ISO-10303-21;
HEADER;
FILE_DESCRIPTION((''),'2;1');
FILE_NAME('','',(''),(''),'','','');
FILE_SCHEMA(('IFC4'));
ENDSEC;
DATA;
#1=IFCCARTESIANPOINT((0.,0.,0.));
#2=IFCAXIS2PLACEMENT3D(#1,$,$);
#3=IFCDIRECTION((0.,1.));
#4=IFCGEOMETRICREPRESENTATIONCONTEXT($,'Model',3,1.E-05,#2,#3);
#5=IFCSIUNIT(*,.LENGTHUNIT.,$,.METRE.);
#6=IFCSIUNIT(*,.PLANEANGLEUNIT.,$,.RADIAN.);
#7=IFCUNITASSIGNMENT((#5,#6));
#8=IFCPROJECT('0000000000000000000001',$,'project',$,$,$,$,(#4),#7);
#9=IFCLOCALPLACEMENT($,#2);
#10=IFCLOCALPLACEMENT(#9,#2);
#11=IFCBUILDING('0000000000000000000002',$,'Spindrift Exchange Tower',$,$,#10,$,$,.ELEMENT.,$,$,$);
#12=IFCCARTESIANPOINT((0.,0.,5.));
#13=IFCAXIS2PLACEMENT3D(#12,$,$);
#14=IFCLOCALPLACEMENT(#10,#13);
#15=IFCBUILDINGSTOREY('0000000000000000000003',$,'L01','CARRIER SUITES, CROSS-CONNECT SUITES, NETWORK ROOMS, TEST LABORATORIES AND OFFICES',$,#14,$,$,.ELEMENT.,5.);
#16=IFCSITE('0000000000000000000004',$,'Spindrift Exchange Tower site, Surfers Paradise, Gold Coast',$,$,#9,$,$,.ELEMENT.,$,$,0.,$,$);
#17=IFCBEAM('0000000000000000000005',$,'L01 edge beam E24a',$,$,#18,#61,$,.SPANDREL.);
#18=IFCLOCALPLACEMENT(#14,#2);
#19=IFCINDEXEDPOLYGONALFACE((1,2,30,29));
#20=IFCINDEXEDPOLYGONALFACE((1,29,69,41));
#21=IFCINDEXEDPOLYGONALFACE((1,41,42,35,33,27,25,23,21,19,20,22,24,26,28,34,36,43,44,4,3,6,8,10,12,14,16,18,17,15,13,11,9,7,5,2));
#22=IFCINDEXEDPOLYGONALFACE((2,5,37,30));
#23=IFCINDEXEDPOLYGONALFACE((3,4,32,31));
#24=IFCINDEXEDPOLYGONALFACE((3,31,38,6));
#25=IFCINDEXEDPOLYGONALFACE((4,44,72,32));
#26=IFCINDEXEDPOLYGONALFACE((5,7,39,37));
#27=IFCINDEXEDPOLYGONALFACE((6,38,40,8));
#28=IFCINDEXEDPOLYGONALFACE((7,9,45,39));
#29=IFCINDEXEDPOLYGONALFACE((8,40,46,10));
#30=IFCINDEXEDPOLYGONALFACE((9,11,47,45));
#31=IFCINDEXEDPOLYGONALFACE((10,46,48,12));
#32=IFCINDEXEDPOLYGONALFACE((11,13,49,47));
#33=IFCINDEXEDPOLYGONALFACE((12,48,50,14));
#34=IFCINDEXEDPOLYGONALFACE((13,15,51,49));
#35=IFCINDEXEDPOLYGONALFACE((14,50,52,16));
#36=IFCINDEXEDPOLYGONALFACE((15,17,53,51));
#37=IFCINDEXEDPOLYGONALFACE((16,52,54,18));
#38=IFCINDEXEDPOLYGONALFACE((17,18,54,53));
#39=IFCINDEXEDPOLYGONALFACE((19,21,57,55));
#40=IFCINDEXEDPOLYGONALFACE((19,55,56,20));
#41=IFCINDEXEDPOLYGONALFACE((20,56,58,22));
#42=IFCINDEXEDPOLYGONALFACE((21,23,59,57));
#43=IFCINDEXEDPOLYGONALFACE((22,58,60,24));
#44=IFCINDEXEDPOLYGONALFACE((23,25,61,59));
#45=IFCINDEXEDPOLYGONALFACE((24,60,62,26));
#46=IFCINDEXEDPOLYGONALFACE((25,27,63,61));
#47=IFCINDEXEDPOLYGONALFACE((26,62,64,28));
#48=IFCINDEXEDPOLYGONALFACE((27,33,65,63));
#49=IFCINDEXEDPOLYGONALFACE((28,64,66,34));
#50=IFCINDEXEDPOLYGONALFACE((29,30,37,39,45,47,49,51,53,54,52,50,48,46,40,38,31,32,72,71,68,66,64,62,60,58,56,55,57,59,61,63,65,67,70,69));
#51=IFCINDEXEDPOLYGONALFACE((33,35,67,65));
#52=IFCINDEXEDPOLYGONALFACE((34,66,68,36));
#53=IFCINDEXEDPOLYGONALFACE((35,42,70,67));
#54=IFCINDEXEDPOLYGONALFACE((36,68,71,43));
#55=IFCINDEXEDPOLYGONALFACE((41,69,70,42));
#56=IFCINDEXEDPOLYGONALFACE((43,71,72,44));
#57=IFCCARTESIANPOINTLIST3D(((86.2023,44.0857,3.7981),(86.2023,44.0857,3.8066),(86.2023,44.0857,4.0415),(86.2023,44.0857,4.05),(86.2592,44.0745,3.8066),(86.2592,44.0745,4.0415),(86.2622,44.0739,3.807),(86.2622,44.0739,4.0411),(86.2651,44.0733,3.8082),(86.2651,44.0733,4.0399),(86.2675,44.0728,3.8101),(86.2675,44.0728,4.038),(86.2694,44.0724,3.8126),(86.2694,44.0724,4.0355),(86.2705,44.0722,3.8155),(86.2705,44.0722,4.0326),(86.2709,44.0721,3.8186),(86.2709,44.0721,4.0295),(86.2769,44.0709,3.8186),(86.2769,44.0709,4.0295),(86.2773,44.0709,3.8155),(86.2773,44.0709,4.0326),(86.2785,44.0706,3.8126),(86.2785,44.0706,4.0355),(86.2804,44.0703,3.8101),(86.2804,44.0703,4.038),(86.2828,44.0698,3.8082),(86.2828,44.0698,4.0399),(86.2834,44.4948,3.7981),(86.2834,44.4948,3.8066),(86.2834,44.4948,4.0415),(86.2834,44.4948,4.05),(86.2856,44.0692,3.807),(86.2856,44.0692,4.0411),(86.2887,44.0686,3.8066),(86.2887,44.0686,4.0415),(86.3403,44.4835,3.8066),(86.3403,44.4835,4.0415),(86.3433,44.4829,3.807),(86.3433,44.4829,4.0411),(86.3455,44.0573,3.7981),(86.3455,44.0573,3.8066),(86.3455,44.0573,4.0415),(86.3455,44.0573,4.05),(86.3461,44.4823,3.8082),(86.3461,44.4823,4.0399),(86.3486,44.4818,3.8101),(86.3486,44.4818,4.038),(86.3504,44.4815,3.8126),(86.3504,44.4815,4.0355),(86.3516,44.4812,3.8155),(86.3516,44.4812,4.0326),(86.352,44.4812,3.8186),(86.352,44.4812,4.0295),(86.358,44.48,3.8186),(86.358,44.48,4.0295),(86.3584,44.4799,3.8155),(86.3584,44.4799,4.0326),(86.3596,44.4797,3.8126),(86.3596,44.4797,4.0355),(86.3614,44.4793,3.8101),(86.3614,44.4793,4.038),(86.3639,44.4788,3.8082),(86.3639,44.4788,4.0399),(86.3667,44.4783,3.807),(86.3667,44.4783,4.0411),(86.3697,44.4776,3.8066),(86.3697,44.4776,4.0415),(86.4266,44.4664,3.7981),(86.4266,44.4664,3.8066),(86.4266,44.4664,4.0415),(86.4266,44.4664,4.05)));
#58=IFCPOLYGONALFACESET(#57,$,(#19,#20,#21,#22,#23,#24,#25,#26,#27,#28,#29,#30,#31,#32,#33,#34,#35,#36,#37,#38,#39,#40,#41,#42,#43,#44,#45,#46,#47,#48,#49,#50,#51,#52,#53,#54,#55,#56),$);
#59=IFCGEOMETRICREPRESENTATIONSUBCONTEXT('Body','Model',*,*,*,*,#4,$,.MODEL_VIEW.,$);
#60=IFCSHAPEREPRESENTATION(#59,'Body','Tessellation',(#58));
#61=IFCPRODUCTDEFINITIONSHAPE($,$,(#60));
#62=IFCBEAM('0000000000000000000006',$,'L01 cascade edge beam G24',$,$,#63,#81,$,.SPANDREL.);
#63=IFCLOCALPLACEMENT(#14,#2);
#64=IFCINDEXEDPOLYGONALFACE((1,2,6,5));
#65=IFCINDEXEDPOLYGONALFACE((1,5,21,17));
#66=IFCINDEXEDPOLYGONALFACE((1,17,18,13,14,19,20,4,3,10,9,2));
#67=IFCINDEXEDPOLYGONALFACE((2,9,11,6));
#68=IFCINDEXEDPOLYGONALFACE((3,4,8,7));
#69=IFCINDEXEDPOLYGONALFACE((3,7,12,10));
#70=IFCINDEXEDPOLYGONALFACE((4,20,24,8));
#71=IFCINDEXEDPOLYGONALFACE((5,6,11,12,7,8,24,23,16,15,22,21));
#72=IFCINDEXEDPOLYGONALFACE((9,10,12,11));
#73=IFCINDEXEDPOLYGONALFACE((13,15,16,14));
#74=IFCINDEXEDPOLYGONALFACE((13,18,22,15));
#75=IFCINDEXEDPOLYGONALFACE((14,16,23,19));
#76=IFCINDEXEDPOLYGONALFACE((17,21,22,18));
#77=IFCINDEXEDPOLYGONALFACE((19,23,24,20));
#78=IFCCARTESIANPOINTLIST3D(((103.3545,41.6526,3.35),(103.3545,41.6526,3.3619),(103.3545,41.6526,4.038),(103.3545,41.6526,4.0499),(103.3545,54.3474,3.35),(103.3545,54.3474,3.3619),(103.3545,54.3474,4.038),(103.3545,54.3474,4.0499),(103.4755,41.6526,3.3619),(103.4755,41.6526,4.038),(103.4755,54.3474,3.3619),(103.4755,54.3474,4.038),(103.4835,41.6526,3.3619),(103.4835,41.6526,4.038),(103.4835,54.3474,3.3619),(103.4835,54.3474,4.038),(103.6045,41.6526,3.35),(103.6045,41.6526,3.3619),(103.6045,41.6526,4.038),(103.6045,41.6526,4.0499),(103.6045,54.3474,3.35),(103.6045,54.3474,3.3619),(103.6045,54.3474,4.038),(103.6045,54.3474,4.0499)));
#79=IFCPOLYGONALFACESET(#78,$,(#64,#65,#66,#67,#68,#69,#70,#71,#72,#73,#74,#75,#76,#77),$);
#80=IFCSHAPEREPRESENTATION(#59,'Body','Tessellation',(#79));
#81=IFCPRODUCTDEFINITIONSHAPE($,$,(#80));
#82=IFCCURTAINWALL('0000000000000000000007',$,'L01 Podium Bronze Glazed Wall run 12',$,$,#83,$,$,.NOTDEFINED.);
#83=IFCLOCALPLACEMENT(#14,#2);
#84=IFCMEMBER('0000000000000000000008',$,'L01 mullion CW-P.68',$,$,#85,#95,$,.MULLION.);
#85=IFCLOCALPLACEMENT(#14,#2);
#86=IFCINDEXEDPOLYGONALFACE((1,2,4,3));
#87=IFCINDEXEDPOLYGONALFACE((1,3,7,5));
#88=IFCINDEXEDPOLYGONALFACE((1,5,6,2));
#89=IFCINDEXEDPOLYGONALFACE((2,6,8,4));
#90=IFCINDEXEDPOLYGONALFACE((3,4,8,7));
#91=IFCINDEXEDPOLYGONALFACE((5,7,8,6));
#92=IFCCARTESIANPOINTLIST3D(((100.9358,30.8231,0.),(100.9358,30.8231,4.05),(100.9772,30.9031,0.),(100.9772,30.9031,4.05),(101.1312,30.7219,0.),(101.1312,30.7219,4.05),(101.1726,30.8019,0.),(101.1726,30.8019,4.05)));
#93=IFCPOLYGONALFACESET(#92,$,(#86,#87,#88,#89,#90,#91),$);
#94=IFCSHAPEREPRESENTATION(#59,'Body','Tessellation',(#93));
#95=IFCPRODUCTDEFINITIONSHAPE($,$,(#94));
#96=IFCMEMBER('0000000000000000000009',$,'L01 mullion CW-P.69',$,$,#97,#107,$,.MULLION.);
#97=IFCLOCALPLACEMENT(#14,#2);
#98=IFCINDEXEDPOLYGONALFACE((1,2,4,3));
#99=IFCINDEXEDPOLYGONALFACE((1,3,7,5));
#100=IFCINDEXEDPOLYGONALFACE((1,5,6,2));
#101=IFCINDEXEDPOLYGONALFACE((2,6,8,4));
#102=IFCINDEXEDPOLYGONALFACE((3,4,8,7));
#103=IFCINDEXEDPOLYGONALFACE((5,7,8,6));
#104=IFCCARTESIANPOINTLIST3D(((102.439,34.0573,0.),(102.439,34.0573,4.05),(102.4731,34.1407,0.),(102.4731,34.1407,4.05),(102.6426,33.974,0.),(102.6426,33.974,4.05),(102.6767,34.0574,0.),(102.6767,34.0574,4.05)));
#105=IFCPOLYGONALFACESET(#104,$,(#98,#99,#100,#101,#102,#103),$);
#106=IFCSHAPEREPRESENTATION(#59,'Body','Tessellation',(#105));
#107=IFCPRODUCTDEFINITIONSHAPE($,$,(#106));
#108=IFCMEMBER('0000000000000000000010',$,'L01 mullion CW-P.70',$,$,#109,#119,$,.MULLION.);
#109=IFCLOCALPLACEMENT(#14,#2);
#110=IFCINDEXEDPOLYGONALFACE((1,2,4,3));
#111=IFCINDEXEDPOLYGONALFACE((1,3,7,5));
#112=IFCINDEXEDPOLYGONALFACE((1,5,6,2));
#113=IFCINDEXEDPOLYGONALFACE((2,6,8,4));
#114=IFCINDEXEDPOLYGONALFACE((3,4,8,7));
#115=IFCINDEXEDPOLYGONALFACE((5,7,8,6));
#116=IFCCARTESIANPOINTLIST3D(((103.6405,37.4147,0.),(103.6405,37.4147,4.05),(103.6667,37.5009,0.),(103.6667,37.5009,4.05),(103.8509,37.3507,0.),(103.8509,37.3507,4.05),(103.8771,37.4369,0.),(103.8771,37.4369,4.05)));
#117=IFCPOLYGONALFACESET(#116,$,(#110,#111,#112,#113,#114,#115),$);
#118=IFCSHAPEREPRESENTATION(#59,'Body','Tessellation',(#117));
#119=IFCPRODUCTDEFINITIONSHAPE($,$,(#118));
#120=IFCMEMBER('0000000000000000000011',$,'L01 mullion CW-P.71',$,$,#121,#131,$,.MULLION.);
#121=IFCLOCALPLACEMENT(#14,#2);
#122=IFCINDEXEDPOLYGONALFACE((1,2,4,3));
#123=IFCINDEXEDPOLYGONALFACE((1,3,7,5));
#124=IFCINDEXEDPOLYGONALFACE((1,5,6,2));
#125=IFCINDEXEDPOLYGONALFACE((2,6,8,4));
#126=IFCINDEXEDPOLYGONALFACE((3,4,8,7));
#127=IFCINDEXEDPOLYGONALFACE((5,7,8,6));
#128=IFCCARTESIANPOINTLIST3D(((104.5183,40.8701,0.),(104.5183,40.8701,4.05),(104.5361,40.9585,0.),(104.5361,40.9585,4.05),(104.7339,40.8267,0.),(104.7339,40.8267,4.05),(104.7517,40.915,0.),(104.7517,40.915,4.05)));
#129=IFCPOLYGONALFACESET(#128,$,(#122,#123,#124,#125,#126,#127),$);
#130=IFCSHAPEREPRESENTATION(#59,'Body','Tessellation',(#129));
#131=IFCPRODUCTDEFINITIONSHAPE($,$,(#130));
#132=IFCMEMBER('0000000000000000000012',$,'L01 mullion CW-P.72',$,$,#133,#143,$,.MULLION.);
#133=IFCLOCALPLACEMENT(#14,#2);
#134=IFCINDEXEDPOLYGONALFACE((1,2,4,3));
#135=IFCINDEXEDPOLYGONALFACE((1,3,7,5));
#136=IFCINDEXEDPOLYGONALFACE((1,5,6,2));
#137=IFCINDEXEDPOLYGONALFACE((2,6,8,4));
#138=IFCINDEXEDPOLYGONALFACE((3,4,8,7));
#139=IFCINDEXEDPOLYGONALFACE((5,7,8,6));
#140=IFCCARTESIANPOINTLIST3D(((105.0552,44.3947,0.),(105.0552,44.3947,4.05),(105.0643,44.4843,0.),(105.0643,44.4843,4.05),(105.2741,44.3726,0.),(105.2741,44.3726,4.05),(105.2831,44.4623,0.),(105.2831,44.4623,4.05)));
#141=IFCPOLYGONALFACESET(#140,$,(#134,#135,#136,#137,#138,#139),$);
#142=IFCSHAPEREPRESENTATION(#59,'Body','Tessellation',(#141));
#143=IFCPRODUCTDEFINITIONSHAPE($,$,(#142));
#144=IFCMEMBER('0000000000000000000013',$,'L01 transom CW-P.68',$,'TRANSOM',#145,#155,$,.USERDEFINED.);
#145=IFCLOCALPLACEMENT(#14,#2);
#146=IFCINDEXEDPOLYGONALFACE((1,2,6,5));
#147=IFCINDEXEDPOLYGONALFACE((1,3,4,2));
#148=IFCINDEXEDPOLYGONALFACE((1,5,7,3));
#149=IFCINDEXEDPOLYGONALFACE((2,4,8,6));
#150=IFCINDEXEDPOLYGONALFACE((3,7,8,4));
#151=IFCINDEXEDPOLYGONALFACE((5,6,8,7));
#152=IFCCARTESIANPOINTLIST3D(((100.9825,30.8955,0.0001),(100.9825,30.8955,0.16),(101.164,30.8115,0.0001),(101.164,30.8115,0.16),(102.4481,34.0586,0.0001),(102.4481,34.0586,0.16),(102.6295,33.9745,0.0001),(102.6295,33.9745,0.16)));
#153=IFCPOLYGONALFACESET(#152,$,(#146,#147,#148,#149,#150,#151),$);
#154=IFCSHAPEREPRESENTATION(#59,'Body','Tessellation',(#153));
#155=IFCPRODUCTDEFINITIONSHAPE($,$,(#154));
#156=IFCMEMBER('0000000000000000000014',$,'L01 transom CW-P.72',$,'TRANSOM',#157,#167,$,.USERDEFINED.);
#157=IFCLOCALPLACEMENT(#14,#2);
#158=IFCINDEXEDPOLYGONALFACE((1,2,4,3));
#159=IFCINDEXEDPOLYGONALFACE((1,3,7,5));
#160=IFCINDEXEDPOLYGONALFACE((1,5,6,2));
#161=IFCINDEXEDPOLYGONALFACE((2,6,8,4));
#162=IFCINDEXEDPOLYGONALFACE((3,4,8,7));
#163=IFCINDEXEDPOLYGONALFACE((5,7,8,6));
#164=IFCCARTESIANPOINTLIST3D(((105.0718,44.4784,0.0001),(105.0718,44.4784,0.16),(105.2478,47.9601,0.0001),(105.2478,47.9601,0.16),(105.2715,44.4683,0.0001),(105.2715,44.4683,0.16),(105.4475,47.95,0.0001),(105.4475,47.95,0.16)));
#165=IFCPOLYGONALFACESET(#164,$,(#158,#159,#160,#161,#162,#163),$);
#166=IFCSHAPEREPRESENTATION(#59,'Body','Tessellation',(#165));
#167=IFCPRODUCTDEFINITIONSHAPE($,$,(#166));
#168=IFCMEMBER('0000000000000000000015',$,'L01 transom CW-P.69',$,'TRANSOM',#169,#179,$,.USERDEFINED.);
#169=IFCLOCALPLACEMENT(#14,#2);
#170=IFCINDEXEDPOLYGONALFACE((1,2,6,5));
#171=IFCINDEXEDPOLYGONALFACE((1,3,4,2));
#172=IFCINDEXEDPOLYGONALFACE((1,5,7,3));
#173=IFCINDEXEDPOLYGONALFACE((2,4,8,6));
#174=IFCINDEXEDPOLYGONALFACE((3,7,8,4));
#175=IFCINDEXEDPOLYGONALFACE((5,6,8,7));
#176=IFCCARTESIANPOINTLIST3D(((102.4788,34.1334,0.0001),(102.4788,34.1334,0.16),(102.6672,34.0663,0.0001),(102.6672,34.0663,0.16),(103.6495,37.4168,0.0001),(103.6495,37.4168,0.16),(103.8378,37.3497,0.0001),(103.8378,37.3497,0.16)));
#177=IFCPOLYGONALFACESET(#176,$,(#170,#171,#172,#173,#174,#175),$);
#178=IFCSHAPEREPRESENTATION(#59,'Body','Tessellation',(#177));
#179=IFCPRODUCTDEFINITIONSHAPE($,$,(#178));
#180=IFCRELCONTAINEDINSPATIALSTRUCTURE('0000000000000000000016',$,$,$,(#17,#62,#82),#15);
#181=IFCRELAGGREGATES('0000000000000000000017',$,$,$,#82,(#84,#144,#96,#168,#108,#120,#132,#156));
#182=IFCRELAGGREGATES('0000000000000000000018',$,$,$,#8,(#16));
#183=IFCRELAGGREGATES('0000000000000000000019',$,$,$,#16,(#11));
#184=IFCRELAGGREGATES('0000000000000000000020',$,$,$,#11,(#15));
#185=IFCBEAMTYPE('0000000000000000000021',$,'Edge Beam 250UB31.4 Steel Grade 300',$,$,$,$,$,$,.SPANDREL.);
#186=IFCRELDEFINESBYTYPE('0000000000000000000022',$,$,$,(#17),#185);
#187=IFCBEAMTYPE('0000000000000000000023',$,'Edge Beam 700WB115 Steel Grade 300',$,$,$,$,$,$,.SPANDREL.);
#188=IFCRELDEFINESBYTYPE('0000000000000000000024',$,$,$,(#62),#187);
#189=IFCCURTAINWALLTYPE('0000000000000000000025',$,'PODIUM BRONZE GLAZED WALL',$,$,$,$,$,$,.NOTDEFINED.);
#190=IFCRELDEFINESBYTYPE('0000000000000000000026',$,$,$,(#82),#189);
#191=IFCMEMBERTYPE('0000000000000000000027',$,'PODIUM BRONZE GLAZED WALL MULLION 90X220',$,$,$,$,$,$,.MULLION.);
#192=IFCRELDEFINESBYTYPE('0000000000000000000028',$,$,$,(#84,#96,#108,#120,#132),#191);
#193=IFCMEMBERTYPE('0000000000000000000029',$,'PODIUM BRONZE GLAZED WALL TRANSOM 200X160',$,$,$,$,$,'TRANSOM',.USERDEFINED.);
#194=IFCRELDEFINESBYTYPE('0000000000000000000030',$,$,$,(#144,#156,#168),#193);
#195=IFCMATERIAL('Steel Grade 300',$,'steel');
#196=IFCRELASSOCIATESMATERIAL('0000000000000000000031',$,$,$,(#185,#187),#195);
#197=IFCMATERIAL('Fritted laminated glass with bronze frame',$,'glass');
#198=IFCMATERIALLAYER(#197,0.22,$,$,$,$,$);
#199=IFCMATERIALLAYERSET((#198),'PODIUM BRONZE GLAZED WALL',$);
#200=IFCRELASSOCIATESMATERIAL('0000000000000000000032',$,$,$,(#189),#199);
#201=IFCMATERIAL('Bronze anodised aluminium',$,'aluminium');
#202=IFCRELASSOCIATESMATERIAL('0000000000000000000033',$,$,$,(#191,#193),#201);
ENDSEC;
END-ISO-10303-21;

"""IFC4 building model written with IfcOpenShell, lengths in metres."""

from ifc_helpers import new_model, si_unit, direction, frame, origin, origin_2d, place, context, subcontext, project, spatial, rectangle, i_section, extrude, source, transform, mapped, material, layer, layer_set, material_profile, profile_set, type_object, element, aggregate, save


model = new_model("IFC4")

# Units and contexts
model_context = context("Model", 3, precision=1e-05, world=origin(), true_north=direction((0.0, 1.0)))
body_context = subcontext(model_context, "Body", "Model", "MODEL_VIEW")
ifc_project = project(units=[si_unit("LENGTHUNIT", "METRE"), si_unit("PLANEANGLEUNIT", "RADIAN")], contexts=[model_context])

# Site, building, storey
site_placement = place(None, origin())
site = spatial("IfcSite", under=ifc_project, at=site_placement, Name="Spindrift Exchange Tower site, Surfers Paradise, Gold Coast", CompositionType="ELEMENT", RefElevation=0.0)
building_placement = place(site_placement, origin())
building = spatial("IfcBuilding", under=site, at=building_placement, Name="Spindrift Exchange Tower", CompositionType="ELEMENT")
storey_placement = place(building_placement, frame((0.0, 0.0, 5.0)))
storey = spatial("IfcBuildingStorey", under=building, at=storey_placement, Name="L01", Description="CARRIER SUITES, CROSS-CONNECT SUITES, NETWORK ROOMS, TEST LABORATORIES AND OFFICES", CompositionType="ELEMENT", Elevation=5.0)

# Beams
ifc_material_1 = material(Name="Steel Grade 300", Category="steel")
ifc_material_profile_1 = material_profile(ifc_material_1, i_section(OverallWidth=0.146, OverallDepth=0.252, WebThickness=0.0061, FlangeThickness=0.0085, FilletRadius=0.012, at=origin_2d()), Name="250UB31.4")
ifc_profile_set_1 = profile_set([ifc_material_profile_1], Name="Steel Grade 300")
beam_type_1 = type_object("IfcBeamType", Name="Edge Beam 250UB31.4 Steel Grade 300", PredefinedType="SPANDREL", material=ifc_profile_set_1)
shared_shape_1 = source(origin(), body_context, "Body", "SweptSolid", [
    extrude(i_section(OverallWidth=0.146, OverallDepth=0.252, WebThickness=0.0061, FlangeThickness=0.0085, FilletRadius=0.012, at=origin_2d()), origin(), (0.0, 0.0, 1.0), 0.417),
])
beam_1_placement = place(storey_placement, frame((86.2739, 44.0715, 3.9241), z_axis=(0.194427, 0.980917, 0.0), x_axis=(-0.980917, 0.194427, 0.0)))
element("IfcBeam", 1, at=beam_1_placement, inside=storey, type_object=beam_type_1, Name="L01 edge beam E24a", PredefinedType="SPANDREL", context=body_context, shape_type="MappedRepresentation", body=[
    mapped(shared_shape_1, transform((0.0, 0.0, 0.0), scale=1.0)),
])
ifc_material_profile_2 = material_profile(ifc_material_1, i_section(OverallWidth=0.25, OverallDepth=0.7, WebThickness=0.0081, FlangeThickness=0.012, at=origin_2d()), Name="700WB115")
ifc_profile_set_2 = profile_set([ifc_material_profile_2], Name="Steel Grade 300")
beam_type_2 = type_object("IfcBeamType", Name="Edge Beam 700WB115 Steel Grade 300", PredefinedType="SPANDREL", material=ifc_profile_set_2)
shared_shape_2 = source(origin(), body_context, "Body", "SweptSolid", [
    extrude(i_section(OverallWidth=0.25, OverallDepth=0.7, WebThickness=0.0081, FlangeThickness=0.012, at=origin_2d()), origin(), (0.0, 0.0, 1.0), 12.6948),
])
beam_2_placement = place(storey_placement, frame((103.4795, 41.6526, 3.7), z_axis=(0.0, 1.0, 0.0), x_axis=(-1.0, 0.0, 0.0)))
element("IfcBeam", 2, at=beam_2_placement, inside=storey, type_object=beam_type_2, Name="L01 cascade edge beam G24", PredefinedType="SPANDREL", context=body_context, shape_type="MappedRepresentation", body=[
    mapped(shared_shape_2, transform((0.0, 0.0, 0.0), scale=1.0)),
])

# Curtain wall, members
ifc_material_2 = material(Name="Fritted laminated glass with bronze frame", Category="glass")
ifc_layer_1 = layer(ifc_material_2, 0.22)
ifc_layer_set_1 = layer_set([ifc_layer_1], Name="PODIUM BRONZE GLAZED WALL")
curtain_wall_type = type_object("IfcCurtainWallType", Name="PODIUM BRONZE GLAZED WALL", PredefinedType="NOTDEFINED", material=ifc_layer_set_1)
curtain_wall_placement = place(storey_placement, origin())
curtain_wall = element("IfcCurtainWall", 3, at=curtain_wall_placement, inside=storey, type_object=curtain_wall_type, Name="L01 Podium Bronze Glazed Wall run 12", PredefinedType="NOTDEFINED")
ifc_material_3 = material(Name="Bronze anodised aluminium", Category="aluminium")
ifc_material_profile_3 = material_profile(ifc_material_3, rectangle(XDim=0.0901, YDim=0.22, at=origin_2d()), Name="PODIUM BRONZE GLAZED WALL MULLION 90X220")
ifc_profile_set_3 = profile_set([ifc_material_profile_3], Name="Bronze anodised aluminium")
member_type_1 = type_object("IfcMemberType", Name="PODIUM BRONZE GLAZED WALL MULLION 90X220", PredefinedType="MULLION", material=ifc_profile_set_3)
shared_shape_3 = source(origin(), body_context, "Body", "SweptSolid", [
    extrude(rectangle(XDim=0.0901, YDim=0.22, at=origin_2d()), origin(), (0.0, 0.0, 1.0), 4.05),
])
member_1_placement = place(storey_placement, frame((101.0542, 30.8125, 0.0), z_axis=(0.0, 0.0, 1.0), x_axis=(0.45973, 0.888059, 0.0)))
member_1 = element("IfcMember", 4, at=member_1_placement, type_object=member_type_1, Name="L01 mullion CW-P.68", PredefinedType="MULLION", context=body_context, shape_type="MappedRepresentation", body=[
    mapped(shared_shape_3, transform((0.0, 0.0, 0.0), scale=1.0)),
])
member_2_placement = place(storey_placement, frame((102.5579, 34.0574, 0.0), z_axis=(0.0, 0.0, 1.0), x_axis=(0.378512, 0.925596, 0.0)))
member_2 = element("IfcMember", 5, at=member_2_placement, type_object=member_type_1, Name="L01 mullion CW-P.69", PredefinedType="MULLION", context=body_context, shape_type="MappedRepresentation", body=[
    mapped(shared_shape_3, transform((0.0, 0.0, 0.0), scale=1.0)),
])
member_3_placement = place(storey_placement, frame((103.7588, 37.4258, 0.0), z_axis=(0.0, 0.0, 1.0), x_axis=(0.290762, 0.956795, 0.0)))
member_3 = element("IfcMember", 6, at=member_3_placement, type_object=member_type_1, Name="L01 mullion CW-P.70", PredefinedType="MULLION", context=body_context, shape_type="MappedRepresentation", body=[
    mapped(shared_shape_3, transform((0.0, 0.0, 0.0), scale=1.0)),
])
member_4_placement = place(storey_placement, frame((104.635, 40.8926, 0.0), z_axis=(0.0, 0.0, 1.0), x_axis=(0.19747, 0.980309, 0.0)))
member_4 = element("IfcMember", 7, at=member_4_placement, type_object=member_type_1, Name="L01 mullion CW-P.71", PredefinedType="MULLION", context=body_context, shape_type="MappedRepresentation", body=[
    mapped(shared_shape_3, transform((0.0, 0.0, 0.0), scale=1.0)),
])
member_5_placement = place(storey_placement, frame((105.1692, 44.4285, 0.0), z_axis=(0.0, 0.0, 1.0), x_axis=(0.100096, 0.994978, 0.0)))
member_5 = element("IfcMember", 8, at=member_5_placement, type_object=member_type_1, Name="L01 mullion CW-P.72", PredefinedType="MULLION", context=body_context, shape_type="MappedRepresentation", body=[
    mapped(shared_shape_3, transform((0.0, 0.0, 0.0), scale=1.0)),
])
ifc_material_profile_4 = material_profile(ifc_material_3, rectangle(XDim=0.2, YDim=0.1599, at=origin_2d()), Name="PODIUM BRONZE GLAZED WALL TRANSOM 200X160")
ifc_profile_set_4 = profile_set([ifc_material_profile_4], Name="Bronze anodised aluminium")
member_type_2 = type_object("IfcMemberType", Name="PODIUM BRONZE GLAZED WALL TRANSOM 200X160", ElementType="TRANSOM", PredefinedType="USERDEFINED", material=ifc_profile_set_4)
shared_shape_4 = source(origin(), body_context, "Body", "SweptSolid", [
    extrude(rectangle(XDim=0.2, YDim=0.1599, at=origin_2d()), origin(), (0.0, 0.0, 1.0), 3.4861),
])
member_6_placement = place(storey_placement, frame((101.0732, 30.8535, 0.0801), z_axis=(0.420403, 0.907337, 0.0), x_axis=(-0.907337, 0.420403, 0.0)))
member_6 = element("IfcMember", 9, at=member_6_placement, type_object=member_type_2, Name="L01 transom CW-P.68", ObjectType="TRANSOM", PredefinedType="USERDEFINED", context=body_context, shape_type="MappedRepresentation", body=[
    mapped(shared_shape_4, transform((0.0, 0.0, 0.0), scale=1.0)),
])
member_7_placement = place(storey_placement, frame((105.1716, 44.4734, 0.0801), z_axis=(0.050493, 0.998724, 0.0), x_axis=(-0.998724, 0.050493, 0.0)))
member_7 = element("IfcMember", 10, at=member_7_placement, type_object=member_type_2, Name="L01 transom CW-P.72", ObjectType="TRANSOM", PredefinedType="USERDEFINED", context=body_context, shape_type="MappedRepresentation", body=[
    mapped(shared_shape_4, transform((0.0, 0.0, 0.0), scale=1.0)),
])
shared_shape_5 = source(origin(), body_context, "Body", "SweptSolid", [
    extrude(rectangle(XDim=0.2, YDim=0.1599, at=origin_2d()), origin(), (0.0, 0.0, 1.0), 3.4858),
])
member_8_placement = place(storey_placement, frame((102.573, 34.0999, 0.0801), z_axis=(0.335826, 0.941924, 0.0), x_axis=(-0.941924, 0.335826, 0.0)))
member_8 = element("IfcMember", 11, at=member_8_placement, type_object=member_type_2, Name="L01 transom CW-P.69", ObjectType="TRANSOM", PredefinedType="USERDEFINED", context=body_context, shape_type="MappedRepresentation", body=[
    mapped(shared_shape_5, transform((0.0, 0.0, 0.0), scale=1.0)),
])
aggregate(curtain_wall, [member_1, member_6, member_2, member_8, member_3, member_4, member_5, member_7])

save(model, "model.ifc")
